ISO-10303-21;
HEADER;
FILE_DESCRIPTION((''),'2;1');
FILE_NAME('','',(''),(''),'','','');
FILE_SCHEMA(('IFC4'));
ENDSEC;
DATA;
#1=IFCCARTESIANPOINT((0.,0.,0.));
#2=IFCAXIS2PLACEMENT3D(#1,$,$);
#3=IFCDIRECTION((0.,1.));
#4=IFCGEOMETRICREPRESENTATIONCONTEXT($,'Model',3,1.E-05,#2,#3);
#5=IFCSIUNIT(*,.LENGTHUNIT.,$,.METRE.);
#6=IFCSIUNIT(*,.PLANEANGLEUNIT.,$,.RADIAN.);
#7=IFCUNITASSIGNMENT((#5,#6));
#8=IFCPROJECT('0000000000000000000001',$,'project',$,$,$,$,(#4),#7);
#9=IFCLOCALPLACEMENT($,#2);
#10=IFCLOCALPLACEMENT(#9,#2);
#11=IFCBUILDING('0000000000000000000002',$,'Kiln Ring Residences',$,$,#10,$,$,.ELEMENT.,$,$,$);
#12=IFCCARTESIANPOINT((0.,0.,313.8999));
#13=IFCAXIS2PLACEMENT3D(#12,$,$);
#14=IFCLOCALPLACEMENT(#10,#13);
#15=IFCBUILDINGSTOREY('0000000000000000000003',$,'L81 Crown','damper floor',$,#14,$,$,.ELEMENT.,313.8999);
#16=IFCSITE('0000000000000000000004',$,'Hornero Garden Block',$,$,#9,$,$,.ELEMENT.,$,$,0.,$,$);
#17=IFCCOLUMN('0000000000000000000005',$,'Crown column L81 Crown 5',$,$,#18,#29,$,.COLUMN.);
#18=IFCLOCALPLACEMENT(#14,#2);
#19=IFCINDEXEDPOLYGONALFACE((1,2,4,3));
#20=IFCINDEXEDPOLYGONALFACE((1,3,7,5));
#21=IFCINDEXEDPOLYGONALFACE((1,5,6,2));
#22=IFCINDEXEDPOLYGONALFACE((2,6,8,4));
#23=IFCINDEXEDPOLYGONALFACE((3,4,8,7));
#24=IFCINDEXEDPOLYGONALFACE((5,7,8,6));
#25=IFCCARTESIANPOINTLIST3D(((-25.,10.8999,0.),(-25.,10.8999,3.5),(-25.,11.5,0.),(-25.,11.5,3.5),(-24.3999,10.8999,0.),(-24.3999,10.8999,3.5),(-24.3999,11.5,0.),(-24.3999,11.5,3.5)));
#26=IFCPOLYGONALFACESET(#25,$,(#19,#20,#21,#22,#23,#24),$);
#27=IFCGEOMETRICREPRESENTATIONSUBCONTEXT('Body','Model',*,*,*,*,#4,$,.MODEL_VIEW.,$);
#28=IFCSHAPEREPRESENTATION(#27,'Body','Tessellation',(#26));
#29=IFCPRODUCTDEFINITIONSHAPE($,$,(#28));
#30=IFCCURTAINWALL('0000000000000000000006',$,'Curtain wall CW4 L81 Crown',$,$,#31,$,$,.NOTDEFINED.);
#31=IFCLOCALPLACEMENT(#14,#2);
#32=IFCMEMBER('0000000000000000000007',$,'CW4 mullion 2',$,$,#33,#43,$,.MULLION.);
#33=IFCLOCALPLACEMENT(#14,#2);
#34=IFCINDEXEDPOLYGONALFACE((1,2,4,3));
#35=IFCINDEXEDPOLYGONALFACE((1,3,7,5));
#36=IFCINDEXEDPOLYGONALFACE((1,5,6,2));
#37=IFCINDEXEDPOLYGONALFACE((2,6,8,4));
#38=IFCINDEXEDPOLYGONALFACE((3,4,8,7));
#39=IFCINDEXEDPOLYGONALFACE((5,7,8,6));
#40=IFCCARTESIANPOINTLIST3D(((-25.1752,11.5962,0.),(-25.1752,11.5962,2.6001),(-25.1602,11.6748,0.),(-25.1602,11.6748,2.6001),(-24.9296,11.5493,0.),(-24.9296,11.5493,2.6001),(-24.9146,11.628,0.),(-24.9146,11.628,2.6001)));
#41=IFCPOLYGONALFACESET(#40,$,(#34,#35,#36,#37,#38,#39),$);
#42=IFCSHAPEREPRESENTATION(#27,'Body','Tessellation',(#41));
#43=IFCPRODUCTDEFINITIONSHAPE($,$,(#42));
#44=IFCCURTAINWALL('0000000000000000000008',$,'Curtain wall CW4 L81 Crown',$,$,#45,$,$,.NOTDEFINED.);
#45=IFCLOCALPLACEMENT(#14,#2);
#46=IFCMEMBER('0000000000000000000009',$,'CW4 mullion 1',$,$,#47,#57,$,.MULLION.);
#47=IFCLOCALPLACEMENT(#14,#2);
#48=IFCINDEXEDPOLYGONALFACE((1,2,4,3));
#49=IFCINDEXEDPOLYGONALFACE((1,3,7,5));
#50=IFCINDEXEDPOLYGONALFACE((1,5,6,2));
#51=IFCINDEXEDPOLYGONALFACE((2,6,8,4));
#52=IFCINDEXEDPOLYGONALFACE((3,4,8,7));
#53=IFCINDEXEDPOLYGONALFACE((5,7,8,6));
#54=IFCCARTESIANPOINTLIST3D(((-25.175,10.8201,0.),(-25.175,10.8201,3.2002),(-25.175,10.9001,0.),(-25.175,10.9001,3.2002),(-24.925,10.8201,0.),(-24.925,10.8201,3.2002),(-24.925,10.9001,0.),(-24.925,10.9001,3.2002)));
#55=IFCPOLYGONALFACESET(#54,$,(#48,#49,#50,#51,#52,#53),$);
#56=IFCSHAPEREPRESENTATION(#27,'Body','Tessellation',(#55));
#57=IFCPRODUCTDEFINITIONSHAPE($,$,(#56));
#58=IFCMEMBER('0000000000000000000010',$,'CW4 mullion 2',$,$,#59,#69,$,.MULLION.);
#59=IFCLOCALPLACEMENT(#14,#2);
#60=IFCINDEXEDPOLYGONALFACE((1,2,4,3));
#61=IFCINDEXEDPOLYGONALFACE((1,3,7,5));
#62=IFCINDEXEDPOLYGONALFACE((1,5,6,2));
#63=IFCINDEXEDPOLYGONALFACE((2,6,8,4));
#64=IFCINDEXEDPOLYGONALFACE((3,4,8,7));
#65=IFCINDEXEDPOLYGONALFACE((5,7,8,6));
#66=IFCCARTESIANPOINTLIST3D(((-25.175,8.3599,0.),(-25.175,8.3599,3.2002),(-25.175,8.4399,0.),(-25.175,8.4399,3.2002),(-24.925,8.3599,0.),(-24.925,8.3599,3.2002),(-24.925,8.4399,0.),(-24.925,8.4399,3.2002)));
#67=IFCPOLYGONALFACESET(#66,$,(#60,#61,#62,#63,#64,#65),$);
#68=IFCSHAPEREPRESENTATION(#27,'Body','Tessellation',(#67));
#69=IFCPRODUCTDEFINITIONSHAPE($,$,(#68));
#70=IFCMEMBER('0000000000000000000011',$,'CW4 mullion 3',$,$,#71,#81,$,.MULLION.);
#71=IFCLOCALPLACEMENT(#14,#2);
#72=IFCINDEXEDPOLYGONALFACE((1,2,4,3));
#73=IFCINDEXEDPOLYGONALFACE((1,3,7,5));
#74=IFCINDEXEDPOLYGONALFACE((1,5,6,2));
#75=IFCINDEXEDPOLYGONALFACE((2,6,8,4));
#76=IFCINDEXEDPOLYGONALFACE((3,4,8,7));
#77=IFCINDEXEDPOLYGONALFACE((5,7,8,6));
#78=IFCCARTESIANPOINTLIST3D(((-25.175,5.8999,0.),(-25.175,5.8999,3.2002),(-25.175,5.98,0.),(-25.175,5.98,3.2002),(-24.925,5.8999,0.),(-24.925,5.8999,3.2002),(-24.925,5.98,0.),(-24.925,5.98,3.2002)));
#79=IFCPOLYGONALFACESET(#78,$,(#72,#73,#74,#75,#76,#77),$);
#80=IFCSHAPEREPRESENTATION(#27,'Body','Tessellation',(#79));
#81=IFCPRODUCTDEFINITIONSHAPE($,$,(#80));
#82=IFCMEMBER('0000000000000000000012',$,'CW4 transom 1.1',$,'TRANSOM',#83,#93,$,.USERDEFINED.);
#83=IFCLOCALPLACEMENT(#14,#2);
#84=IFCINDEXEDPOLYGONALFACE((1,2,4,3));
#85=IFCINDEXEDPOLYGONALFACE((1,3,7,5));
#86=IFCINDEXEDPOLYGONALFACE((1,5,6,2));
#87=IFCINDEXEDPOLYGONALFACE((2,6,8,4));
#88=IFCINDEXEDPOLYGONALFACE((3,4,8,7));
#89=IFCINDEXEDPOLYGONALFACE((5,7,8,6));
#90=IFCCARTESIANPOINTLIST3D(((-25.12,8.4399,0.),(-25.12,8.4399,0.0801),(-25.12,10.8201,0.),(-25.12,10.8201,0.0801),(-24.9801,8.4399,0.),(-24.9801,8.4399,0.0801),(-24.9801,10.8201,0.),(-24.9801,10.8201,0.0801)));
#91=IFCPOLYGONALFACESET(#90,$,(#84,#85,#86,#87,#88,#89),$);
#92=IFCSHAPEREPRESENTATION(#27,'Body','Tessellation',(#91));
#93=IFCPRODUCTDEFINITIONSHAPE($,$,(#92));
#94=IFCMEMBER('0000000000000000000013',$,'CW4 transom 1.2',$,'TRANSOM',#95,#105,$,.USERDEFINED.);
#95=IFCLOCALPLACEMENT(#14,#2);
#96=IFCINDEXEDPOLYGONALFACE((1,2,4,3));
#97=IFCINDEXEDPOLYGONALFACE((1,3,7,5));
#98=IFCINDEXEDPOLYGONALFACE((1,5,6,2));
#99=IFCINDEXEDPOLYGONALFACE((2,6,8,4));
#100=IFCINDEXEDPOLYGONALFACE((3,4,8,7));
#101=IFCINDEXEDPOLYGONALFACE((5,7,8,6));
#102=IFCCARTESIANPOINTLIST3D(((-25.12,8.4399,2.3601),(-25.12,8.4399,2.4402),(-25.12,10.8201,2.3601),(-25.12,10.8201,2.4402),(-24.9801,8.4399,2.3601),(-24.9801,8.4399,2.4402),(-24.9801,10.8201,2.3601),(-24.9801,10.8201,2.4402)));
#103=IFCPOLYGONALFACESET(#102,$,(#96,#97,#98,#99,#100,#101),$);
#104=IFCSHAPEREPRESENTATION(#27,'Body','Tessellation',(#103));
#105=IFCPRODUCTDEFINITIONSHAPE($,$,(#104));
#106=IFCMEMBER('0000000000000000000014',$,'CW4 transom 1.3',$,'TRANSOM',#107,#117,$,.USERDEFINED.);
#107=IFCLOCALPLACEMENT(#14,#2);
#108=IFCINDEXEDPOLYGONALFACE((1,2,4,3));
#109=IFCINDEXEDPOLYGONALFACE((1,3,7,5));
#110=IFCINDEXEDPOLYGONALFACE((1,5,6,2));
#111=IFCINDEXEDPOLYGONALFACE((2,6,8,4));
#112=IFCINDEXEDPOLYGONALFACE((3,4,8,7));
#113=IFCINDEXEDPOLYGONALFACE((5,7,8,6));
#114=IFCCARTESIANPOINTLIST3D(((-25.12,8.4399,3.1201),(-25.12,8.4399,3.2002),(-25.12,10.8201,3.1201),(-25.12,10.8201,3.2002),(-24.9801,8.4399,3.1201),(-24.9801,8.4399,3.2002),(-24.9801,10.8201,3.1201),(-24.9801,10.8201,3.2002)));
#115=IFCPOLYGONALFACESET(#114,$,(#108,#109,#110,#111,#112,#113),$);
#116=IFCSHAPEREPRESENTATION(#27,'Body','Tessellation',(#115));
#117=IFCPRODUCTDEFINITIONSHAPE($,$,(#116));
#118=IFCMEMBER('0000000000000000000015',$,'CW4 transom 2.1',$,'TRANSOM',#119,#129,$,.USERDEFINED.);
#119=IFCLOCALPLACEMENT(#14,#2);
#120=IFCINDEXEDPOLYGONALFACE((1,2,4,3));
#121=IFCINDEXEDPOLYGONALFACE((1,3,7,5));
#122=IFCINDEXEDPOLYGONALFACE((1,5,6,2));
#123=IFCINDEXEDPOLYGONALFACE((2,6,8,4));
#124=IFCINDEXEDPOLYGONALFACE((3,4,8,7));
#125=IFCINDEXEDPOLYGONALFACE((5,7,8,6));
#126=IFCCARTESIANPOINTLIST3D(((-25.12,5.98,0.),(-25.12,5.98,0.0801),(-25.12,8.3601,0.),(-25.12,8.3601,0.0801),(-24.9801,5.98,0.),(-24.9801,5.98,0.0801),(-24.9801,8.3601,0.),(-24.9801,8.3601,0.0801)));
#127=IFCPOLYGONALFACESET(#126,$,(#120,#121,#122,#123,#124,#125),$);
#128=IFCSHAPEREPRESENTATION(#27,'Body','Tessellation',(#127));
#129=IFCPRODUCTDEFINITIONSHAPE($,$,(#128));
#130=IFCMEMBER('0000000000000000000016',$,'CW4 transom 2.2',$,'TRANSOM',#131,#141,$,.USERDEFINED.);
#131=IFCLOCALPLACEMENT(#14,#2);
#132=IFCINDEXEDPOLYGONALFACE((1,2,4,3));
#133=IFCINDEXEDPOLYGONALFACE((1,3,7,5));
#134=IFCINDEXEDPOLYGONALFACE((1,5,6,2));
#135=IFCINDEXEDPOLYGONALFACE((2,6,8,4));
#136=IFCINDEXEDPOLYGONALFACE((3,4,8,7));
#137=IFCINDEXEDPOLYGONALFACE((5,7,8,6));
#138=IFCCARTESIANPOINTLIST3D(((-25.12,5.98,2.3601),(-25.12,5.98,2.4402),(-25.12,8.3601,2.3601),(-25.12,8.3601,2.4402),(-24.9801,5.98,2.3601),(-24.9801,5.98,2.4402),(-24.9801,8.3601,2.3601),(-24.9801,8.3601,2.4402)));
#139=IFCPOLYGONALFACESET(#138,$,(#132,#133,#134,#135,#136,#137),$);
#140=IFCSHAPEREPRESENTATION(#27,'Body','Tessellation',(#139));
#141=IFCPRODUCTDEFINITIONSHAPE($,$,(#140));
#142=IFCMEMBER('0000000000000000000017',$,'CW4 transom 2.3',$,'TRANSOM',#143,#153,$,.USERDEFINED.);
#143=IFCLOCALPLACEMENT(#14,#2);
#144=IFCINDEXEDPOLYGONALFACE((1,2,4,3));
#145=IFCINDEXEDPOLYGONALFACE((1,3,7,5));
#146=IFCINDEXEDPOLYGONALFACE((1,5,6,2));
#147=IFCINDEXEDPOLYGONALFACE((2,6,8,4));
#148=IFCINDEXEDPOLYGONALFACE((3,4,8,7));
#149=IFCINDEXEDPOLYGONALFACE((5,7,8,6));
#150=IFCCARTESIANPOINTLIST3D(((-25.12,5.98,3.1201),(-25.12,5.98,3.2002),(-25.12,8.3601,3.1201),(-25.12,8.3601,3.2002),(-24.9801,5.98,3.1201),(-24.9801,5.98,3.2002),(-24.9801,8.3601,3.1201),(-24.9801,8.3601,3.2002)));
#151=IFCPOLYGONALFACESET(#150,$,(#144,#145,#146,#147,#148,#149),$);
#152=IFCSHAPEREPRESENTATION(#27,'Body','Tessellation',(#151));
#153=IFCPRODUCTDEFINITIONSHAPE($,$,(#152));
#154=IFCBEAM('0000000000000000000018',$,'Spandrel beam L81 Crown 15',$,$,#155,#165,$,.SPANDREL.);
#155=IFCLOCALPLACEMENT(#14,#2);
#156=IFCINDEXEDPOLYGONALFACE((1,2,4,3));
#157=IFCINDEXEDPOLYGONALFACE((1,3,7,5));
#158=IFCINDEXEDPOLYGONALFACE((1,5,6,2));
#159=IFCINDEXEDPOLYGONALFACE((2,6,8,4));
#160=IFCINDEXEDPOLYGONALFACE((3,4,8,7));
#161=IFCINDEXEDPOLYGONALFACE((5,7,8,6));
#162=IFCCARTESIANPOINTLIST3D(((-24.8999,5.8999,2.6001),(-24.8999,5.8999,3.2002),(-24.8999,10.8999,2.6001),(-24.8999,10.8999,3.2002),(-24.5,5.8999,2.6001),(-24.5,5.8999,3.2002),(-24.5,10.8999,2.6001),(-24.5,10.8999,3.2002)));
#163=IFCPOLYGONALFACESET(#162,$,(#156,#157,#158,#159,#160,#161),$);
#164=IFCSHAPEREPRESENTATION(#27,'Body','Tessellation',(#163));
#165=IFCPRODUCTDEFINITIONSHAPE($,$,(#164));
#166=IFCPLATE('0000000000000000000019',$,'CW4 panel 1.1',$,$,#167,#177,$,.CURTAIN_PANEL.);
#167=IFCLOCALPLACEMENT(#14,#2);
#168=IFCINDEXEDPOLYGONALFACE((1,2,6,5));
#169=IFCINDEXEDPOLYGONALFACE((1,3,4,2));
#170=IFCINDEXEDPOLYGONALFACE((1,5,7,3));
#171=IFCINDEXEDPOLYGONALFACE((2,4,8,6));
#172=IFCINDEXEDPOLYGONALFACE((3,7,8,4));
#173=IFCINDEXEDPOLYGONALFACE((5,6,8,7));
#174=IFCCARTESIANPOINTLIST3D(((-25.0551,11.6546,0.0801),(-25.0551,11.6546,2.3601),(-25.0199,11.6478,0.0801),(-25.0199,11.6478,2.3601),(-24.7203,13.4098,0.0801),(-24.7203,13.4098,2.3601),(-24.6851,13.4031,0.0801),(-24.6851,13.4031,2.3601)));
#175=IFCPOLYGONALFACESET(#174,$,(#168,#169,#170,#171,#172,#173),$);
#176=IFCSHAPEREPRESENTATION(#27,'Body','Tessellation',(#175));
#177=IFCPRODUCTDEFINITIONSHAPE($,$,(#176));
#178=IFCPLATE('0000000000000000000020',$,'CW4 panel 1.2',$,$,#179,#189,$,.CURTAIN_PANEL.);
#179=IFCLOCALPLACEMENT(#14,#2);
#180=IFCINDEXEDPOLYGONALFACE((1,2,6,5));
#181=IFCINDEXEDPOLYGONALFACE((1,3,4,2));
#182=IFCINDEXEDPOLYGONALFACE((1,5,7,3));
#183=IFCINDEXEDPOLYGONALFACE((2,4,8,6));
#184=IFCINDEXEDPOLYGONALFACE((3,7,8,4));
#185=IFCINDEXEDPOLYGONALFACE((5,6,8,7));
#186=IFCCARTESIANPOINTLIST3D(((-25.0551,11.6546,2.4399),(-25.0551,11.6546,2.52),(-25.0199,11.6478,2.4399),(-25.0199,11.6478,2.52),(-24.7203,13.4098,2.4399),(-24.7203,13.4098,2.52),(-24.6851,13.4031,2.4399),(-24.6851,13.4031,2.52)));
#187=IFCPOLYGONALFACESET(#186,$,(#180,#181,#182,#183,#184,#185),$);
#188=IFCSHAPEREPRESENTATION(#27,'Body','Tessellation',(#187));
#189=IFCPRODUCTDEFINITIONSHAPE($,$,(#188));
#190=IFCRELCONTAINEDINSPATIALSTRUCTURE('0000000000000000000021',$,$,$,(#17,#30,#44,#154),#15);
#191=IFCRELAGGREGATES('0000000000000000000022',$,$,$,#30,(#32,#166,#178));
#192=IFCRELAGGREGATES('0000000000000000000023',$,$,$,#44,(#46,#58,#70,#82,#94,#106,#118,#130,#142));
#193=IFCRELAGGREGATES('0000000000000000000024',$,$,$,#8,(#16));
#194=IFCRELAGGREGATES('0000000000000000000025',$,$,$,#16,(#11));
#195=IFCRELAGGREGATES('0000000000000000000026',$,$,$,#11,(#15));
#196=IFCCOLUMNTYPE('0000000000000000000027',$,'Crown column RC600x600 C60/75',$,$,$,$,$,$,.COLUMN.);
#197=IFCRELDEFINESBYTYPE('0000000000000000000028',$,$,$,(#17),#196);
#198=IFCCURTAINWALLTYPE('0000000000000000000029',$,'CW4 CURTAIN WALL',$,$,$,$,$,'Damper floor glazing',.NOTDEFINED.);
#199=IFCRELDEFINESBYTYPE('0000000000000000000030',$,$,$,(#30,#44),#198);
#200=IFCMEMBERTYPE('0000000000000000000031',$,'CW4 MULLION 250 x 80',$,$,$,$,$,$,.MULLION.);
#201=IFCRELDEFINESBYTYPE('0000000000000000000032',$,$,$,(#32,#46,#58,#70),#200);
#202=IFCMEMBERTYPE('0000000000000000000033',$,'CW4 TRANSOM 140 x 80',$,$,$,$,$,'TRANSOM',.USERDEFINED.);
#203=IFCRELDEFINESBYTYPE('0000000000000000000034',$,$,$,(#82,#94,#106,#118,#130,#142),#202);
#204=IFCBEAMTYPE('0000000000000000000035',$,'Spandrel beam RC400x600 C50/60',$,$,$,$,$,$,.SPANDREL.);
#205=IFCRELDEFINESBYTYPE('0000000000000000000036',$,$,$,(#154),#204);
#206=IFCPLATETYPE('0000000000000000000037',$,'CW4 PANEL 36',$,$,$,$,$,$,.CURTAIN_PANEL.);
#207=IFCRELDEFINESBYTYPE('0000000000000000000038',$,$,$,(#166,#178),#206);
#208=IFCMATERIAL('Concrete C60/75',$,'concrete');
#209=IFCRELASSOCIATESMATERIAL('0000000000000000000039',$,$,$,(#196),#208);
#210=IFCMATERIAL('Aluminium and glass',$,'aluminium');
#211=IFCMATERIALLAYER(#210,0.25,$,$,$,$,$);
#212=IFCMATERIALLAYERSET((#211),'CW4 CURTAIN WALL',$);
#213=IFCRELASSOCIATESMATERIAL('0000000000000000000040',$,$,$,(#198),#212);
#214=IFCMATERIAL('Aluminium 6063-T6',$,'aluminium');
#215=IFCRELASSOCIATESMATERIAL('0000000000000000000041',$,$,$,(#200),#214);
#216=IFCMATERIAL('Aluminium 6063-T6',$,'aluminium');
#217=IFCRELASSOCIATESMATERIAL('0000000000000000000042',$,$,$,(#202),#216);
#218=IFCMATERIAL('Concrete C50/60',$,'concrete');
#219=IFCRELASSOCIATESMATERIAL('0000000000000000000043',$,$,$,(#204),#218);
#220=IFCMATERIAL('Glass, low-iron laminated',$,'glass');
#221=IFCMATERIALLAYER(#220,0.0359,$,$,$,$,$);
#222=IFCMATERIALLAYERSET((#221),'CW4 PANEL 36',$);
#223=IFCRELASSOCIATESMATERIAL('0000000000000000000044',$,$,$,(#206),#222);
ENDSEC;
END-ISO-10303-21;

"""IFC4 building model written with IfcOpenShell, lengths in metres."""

from ifc_helpers import new_model, si_unit, direction, frame, origin, origin_2d, place, context, subcontext, project, spatial, rectangle, extrude, material, layer, layer_set, material_profile, profile_set, type_object, element, aggregate, save


model = new_model("IFC4")

# Units and contexts
model_context = context("Model", 3, precision=1e-05, world=origin(), true_north=direction((0.0, 1.0)))
body_context = subcontext(model_context, "Body", "Model", "MODEL_VIEW")
ifc_project = project(units=[si_unit("LENGTHUNIT", "METRE"), si_unit("PLANEANGLEUNIT", "RADIAN")], contexts=[model_context])

# Site, building, storey
site_placement = place(None, origin())
site = spatial("IfcSite", under=ifc_project, at=site_placement, Name="Hornero Garden Block", CompositionType="ELEMENT", RefElevation=0.0)
building_placement = place(site_placement, origin())
building = spatial("IfcBuilding", under=site, at=building_placement, Name="Kiln Ring Residences", CompositionType="ELEMENT")
storey_placement = place(building_placement, frame((0.0, 0.0, 313.8999)))
storey = spatial("IfcBuildingStorey", under=building, at=storey_placement, Name="L81 Crown", Description="damper floor", CompositionType="ELEMENT", Elevation=313.8999)

# Column
ifc_material_1 = material(Name="Concrete C60/75", Category="concrete")
ifc_material_profile_1 = material_profile(ifc_material_1, rectangle(XDim=0.6001, YDim=0.6001, at=origin_2d()), Name="RC600x600")
ifc_profile_set_1 = profile_set([ifc_material_profile_1], Name="Concrete C60/75")
column_type = type_object("IfcColumnType", Name="Crown column RC600x600 C60/75", PredefinedType="COLUMN", material=ifc_profile_set_1)
column_placement = place(storey_placement, frame((-24.7, 11.2, 0.0), z_axis=(0.0, 0.0, 1.0), x_axis=(1.0, 0.0, 0.0)))
element("IfcColumn", 1, at=column_placement, inside=storey, type_object=column_type, Name="Crown column L81 Crown 5", PredefinedType="COLUMN", context=body_context, shape_type="SweptSolid", body=[
    extrude(rectangle(XDim=0.6001, YDim=0.6001, at=origin_2d()), origin(), (0.0, 0.0, 1.0), 3.5),
])

# Curtain wall, member
ifc_material_2 = material(Name="Aluminium and glass", Category="aluminium")
ifc_layer_1 = layer(ifc_material_2, 0.25)
ifc_layer_set_1 = layer_set([ifc_layer_1], Name="CW4 CURTAIN WALL")
curtain_wall_type = type_object("IfcCurtainWallType", Name="CW4 CURTAIN WALL", ElementType="Damper floor glazing", PredefinedType="NOTDEFINED", material=ifc_layer_set_1)
placement = place(storey_placement, origin())
curtain_wall_1 = element("IfcCurtainWall", 2, at=placement, inside=storey, type_object=curtain_wall_type, Name="Curtain wall CW4 L81 Crown", PredefinedType="NOTDEFINED")
ifc_material_3 = material(Name="Aluminium 6063-T6", Category="aluminium")
ifc_material_profile_2 = material_profile(ifc_material_3, rectangle(XDim=0.25, YDim=0.0801, at=origin_2d()), Name="AL 250x80")
ifc_profile_set_2 = profile_set([ifc_material_profile_2], Name="Aluminium 6063-T6")
member_type_1 = type_object("IfcMemberType", Name="CW4 MULLION 250 x 80", PredefinedType="MULLION", material=ifc_profile_set_2)
member_1_placement = place(storey_placement, frame((-25.0449, 11.6121, 0.0), z_axis=(0.0, 0.0, 1.0), x_axis=(0.98229, -0.187366, 0.0)))
member_1 = element("IfcMember", 3, at=member_1_placement, type_object=member_type_1, Name="CW4 mullion 2", PredefinedType="MULLION", context=body_context, shape_type="SweptSolid", body=[
    extrude(rectangle(XDim=0.25, YDim=0.0801, at=origin_2d()), origin(), (0.0, 0.0, 1.0), 2.6001),
])

# Curtain wall, members
curtain_wall_2 = element("IfcCurtainWall", 4, at=placement, inside=storey, type_object=curtain_wall_type, Name="Curtain wall CW4 L81 Crown", PredefinedType="NOTDEFINED")
member_2_placement = place(storey_placement, frame((-25.05, 10.8601, 0.0), z_axis=(0.0, 0.0, 1.0), x_axis=(1.0, 0.0, 0.0)))
member_2 = element("IfcMember", 5, at=member_2_placement, type_object=member_type_1, Name="CW4 mullion 1", PredefinedType="MULLION", context=body_context, shape_type="SweptSolid", body=[
    extrude(rectangle(XDim=0.25, YDim=0.0801, at=origin_2d()), origin(), (0.0, 0.0, 1.0), 3.2002),
])
member_3_placement = place(storey_placement, frame((-25.05, 8.3999, 0.0), z_axis=(0.0, 0.0, 1.0), x_axis=(1.0, 0.0, 0.0)))
member_3 = element("IfcMember", 6, at=member_3_placement, type_object=member_type_1, Name="CW4 mullion 2", PredefinedType="MULLION", context=body_context, shape_type="SweptSolid", body=[
    extrude(rectangle(XDim=0.25, YDim=0.0801, at=origin_2d()), origin(), (0.0, 0.0, 1.0), 3.2002),
])
member_4_placement = place(storey_placement, frame((-25.05, 5.9399, 0.0), z_axis=(0.0, 0.0, 1.0), x_axis=(1.0, 0.0, 0.0)))
member_4 = element("IfcMember", 7, at=member_4_placement, type_object=member_type_1, Name="CW4 mullion 3", PredefinedType="MULLION", context=body_context, shape_type="SweptSolid", body=[
    extrude(rectangle(XDim=0.25, YDim=0.0801, at=origin_2d()), origin(), (0.0, 0.0, 1.0), 3.2002),
])
ifc_material_4 = material(Name="Aluminium 6063-T6", Category="aluminium")
ifc_material_profile_3 = material_profile(ifc_material_4, rectangle(XDim=0.1399, YDim=0.0801, at=origin_2d()), Name="AL 140x80")
ifc_profile_set_3 = profile_set([ifc_material_profile_3], Name="Aluminium 6063-T6")
member_type_2 = type_object("IfcMemberType", Name="CW4 TRANSOM 140 x 80", ElementType="TRANSOM", PredefinedType="USERDEFINED", material=ifc_profile_set_3)
member_5_placement = place(storey_placement, frame((-25.05, 10.8201, 0.04), z_axis=(0.0, -1.0, 0.0), x_axis=(1.0, 0.0, 0.0)))
member_5 = element("IfcMember", 8, at=member_5_placement, type_object=member_type_2, Name="CW4 transom 1.1", ObjectType="TRANSOM", PredefinedType="USERDEFINED", context=body_context, shape_type="SweptSolid", body=[
    extrude(rectangle(XDim=0.1399, YDim=0.0801, at=origin_2d()), origin(), (0.0, 0.0, 1.0), 2.3801),
])
member_6_placement = place(storey_placement, frame((-25.05, 10.8201, 2.4001), z_axis=(0.0, -1.0, 0.0), x_axis=(1.0, 0.0, 0.0)))
member_6 = element("IfcMember", 9, at=member_6_placement, type_object=member_type_2, Name="CW4 transom 1.2", ObjectType="TRANSOM", PredefinedType="USERDEFINED", context=body_context, shape_type="SweptSolid", body=[
    extrude(rectangle(XDim=0.1399, YDim=0.0801, at=origin_2d()), origin(), (0.0, 0.0, 1.0), 2.3801),
])
member_7_placement = place(storey_placement, frame((-25.05, 10.8201, 3.1602), z_axis=(0.0, -1.0, 0.0), x_axis=(1.0, 0.0, 0.0)))
member_7 = element("IfcMember", 10, at=member_7_placement, type_object=member_type_2, Name="CW4 transom 1.3", ObjectType="TRANSOM", PredefinedType="USERDEFINED", context=body_context, shape_type="SweptSolid", body=[
    extrude(rectangle(XDim=0.1399, YDim=0.0801, at=origin_2d()), origin(), (0.0, 0.0, 1.0), 2.3801),
])
member_8_placement = place(storey_placement, frame((-25.05, 8.3601, 0.04), z_axis=(0.0, -1.0, 0.0), x_axis=(1.0, 0.0, 0.0)))
member_8 = element("IfcMember", 11, at=member_8_placement, type_object=member_type_2, Name="CW4 transom 2.1", ObjectType="TRANSOM", PredefinedType="USERDEFINED", context=body_context, shape_type="SweptSolid", body=[
    extrude(rectangle(XDim=0.1399, YDim=0.0801, at=origin_2d()), origin(), (0.0, 0.0, 1.0), 2.3801),
])
member_9_placement = place(storey_placement, frame((-25.05, 8.3601, 2.4001), z_axis=(0.0, -1.0, 0.0), x_axis=(1.0, 0.0, 0.0)))
member_9 = element("IfcMember", 12, at=member_9_placement, type_object=member_type_2, Name="CW4 transom 2.2", ObjectType="TRANSOM", PredefinedType="USERDEFINED", context=body_context, shape_type="SweptSolid", body=[
    extrude(rectangle(XDim=0.1399, YDim=0.0801, at=origin_2d()), origin(), (0.0, 0.0, 1.0), 2.3801),
])
member_10_placement = place(storey_placement, frame((-25.05, 8.3601, 3.1602), z_axis=(0.0, -1.0, 0.0), x_axis=(1.0, 0.0, 0.0)))
member_10 = element("IfcMember", 13, at=member_10_placement, type_object=member_type_2, Name="CW4 transom 2.3", ObjectType="TRANSOM", PredefinedType="USERDEFINED", context=body_context, shape_type="SweptSolid", body=[
    extrude(rectangle(XDim=0.1399, YDim=0.0801, at=origin_2d()), origin(), (0.0, 0.0, 1.0), 2.3801),
])

# Beam
ifc_material_5 = material(Name="Concrete C50/60", Category="concrete")
ifc_material_profile_4 = material_profile(ifc_material_5, rectangle(XDim=0.3999, YDim=0.6001, at=origin_2d()), Name="RC400x600")
ifc_profile_set_4 = profile_set([ifc_material_profile_4], Name="Concrete C50/60")
beam_type = type_object("IfcBeamType", Name="Spandrel beam RC400x600 C50/60", PredefinedType="SPANDREL", material=ifc_profile_set_4)
beam_placement = place(storey_placement, frame((-24.7, 10.8999, 2.9001), z_axis=(0.0, -1.0, 0.0), x_axis=(1.0, 0.0, 0.0)))
element("IfcBeam", 14, at=beam_placement, inside=storey, type_object=beam_type, Name="Spandrel beam L81 Crown 15", PredefinedType="SPANDREL", context=body_context, shape_type="SweptSolid", body=[
    extrude(rectangle(XDim=0.3999, YDim=0.6001, at=origin_2d()), origin(), (0.0, 0.0, 1.0), 5.0),
])

# Plates
ifc_material_6 = material(Name="Glass, low-iron laminated", Category="glass")
ifc_layer_2 = layer(ifc_material_6, 0.0359)
ifc_layer_set_2 = layer_set([ifc_layer_2], Name="CW4 PANEL 36")
plate_type = type_object("IfcPlateType", Name="CW4 PANEL 36", PredefinedType="CURTAIN_PANEL", material=ifc_layer_set_2)
plate_1_placement = place(storey_placement, frame((-24.8701, 12.5288, 0.0801), z_axis=(0.0, 0.0, 1.0), x_axis=(-0.187366, -0.98229, 0.0)))
plate_1 = element("IfcPlate", 15, at=plate_1_placement, type_object=plate_type, Name="CW4 panel 1.1", PredefinedType="CURTAIN_PANEL", context=body_context, shape_type="SweptSolid", body=[
    extrude(rectangle(XDim=1.7869, YDim=0.0359, at=origin_2d()), origin(), (0.0, 0.0, 1.0), 2.28),
])
plate_2_placement = place(storey_placement, frame((-24.8701, 12.5288, 2.4399), z_axis=(0.0, 0.0, 1.0), x_axis=(-0.187366, -0.98229, 0.0)))
plate_2 = element("IfcPlate", 16, at=plate_2_placement, type_object=plate_type, Name="CW4 panel 1.2", PredefinedType="CURTAIN_PANEL", context=body_context, shape_type="SweptSolid", body=[
    extrude(rectangle(XDim=1.7869, YDim=0.0359, at=origin_2d()), origin(), (0.0, 0.0, 1.0), 0.0801),
])
aggregate(curtain_wall_1, [member_1, plate_1, plate_2])
aggregate(curtain_wall_2, [member_2, member_3, member_4, member_5, member_6, member_7, member_8, member_9, member_10])

save(model, "model.ifc")
